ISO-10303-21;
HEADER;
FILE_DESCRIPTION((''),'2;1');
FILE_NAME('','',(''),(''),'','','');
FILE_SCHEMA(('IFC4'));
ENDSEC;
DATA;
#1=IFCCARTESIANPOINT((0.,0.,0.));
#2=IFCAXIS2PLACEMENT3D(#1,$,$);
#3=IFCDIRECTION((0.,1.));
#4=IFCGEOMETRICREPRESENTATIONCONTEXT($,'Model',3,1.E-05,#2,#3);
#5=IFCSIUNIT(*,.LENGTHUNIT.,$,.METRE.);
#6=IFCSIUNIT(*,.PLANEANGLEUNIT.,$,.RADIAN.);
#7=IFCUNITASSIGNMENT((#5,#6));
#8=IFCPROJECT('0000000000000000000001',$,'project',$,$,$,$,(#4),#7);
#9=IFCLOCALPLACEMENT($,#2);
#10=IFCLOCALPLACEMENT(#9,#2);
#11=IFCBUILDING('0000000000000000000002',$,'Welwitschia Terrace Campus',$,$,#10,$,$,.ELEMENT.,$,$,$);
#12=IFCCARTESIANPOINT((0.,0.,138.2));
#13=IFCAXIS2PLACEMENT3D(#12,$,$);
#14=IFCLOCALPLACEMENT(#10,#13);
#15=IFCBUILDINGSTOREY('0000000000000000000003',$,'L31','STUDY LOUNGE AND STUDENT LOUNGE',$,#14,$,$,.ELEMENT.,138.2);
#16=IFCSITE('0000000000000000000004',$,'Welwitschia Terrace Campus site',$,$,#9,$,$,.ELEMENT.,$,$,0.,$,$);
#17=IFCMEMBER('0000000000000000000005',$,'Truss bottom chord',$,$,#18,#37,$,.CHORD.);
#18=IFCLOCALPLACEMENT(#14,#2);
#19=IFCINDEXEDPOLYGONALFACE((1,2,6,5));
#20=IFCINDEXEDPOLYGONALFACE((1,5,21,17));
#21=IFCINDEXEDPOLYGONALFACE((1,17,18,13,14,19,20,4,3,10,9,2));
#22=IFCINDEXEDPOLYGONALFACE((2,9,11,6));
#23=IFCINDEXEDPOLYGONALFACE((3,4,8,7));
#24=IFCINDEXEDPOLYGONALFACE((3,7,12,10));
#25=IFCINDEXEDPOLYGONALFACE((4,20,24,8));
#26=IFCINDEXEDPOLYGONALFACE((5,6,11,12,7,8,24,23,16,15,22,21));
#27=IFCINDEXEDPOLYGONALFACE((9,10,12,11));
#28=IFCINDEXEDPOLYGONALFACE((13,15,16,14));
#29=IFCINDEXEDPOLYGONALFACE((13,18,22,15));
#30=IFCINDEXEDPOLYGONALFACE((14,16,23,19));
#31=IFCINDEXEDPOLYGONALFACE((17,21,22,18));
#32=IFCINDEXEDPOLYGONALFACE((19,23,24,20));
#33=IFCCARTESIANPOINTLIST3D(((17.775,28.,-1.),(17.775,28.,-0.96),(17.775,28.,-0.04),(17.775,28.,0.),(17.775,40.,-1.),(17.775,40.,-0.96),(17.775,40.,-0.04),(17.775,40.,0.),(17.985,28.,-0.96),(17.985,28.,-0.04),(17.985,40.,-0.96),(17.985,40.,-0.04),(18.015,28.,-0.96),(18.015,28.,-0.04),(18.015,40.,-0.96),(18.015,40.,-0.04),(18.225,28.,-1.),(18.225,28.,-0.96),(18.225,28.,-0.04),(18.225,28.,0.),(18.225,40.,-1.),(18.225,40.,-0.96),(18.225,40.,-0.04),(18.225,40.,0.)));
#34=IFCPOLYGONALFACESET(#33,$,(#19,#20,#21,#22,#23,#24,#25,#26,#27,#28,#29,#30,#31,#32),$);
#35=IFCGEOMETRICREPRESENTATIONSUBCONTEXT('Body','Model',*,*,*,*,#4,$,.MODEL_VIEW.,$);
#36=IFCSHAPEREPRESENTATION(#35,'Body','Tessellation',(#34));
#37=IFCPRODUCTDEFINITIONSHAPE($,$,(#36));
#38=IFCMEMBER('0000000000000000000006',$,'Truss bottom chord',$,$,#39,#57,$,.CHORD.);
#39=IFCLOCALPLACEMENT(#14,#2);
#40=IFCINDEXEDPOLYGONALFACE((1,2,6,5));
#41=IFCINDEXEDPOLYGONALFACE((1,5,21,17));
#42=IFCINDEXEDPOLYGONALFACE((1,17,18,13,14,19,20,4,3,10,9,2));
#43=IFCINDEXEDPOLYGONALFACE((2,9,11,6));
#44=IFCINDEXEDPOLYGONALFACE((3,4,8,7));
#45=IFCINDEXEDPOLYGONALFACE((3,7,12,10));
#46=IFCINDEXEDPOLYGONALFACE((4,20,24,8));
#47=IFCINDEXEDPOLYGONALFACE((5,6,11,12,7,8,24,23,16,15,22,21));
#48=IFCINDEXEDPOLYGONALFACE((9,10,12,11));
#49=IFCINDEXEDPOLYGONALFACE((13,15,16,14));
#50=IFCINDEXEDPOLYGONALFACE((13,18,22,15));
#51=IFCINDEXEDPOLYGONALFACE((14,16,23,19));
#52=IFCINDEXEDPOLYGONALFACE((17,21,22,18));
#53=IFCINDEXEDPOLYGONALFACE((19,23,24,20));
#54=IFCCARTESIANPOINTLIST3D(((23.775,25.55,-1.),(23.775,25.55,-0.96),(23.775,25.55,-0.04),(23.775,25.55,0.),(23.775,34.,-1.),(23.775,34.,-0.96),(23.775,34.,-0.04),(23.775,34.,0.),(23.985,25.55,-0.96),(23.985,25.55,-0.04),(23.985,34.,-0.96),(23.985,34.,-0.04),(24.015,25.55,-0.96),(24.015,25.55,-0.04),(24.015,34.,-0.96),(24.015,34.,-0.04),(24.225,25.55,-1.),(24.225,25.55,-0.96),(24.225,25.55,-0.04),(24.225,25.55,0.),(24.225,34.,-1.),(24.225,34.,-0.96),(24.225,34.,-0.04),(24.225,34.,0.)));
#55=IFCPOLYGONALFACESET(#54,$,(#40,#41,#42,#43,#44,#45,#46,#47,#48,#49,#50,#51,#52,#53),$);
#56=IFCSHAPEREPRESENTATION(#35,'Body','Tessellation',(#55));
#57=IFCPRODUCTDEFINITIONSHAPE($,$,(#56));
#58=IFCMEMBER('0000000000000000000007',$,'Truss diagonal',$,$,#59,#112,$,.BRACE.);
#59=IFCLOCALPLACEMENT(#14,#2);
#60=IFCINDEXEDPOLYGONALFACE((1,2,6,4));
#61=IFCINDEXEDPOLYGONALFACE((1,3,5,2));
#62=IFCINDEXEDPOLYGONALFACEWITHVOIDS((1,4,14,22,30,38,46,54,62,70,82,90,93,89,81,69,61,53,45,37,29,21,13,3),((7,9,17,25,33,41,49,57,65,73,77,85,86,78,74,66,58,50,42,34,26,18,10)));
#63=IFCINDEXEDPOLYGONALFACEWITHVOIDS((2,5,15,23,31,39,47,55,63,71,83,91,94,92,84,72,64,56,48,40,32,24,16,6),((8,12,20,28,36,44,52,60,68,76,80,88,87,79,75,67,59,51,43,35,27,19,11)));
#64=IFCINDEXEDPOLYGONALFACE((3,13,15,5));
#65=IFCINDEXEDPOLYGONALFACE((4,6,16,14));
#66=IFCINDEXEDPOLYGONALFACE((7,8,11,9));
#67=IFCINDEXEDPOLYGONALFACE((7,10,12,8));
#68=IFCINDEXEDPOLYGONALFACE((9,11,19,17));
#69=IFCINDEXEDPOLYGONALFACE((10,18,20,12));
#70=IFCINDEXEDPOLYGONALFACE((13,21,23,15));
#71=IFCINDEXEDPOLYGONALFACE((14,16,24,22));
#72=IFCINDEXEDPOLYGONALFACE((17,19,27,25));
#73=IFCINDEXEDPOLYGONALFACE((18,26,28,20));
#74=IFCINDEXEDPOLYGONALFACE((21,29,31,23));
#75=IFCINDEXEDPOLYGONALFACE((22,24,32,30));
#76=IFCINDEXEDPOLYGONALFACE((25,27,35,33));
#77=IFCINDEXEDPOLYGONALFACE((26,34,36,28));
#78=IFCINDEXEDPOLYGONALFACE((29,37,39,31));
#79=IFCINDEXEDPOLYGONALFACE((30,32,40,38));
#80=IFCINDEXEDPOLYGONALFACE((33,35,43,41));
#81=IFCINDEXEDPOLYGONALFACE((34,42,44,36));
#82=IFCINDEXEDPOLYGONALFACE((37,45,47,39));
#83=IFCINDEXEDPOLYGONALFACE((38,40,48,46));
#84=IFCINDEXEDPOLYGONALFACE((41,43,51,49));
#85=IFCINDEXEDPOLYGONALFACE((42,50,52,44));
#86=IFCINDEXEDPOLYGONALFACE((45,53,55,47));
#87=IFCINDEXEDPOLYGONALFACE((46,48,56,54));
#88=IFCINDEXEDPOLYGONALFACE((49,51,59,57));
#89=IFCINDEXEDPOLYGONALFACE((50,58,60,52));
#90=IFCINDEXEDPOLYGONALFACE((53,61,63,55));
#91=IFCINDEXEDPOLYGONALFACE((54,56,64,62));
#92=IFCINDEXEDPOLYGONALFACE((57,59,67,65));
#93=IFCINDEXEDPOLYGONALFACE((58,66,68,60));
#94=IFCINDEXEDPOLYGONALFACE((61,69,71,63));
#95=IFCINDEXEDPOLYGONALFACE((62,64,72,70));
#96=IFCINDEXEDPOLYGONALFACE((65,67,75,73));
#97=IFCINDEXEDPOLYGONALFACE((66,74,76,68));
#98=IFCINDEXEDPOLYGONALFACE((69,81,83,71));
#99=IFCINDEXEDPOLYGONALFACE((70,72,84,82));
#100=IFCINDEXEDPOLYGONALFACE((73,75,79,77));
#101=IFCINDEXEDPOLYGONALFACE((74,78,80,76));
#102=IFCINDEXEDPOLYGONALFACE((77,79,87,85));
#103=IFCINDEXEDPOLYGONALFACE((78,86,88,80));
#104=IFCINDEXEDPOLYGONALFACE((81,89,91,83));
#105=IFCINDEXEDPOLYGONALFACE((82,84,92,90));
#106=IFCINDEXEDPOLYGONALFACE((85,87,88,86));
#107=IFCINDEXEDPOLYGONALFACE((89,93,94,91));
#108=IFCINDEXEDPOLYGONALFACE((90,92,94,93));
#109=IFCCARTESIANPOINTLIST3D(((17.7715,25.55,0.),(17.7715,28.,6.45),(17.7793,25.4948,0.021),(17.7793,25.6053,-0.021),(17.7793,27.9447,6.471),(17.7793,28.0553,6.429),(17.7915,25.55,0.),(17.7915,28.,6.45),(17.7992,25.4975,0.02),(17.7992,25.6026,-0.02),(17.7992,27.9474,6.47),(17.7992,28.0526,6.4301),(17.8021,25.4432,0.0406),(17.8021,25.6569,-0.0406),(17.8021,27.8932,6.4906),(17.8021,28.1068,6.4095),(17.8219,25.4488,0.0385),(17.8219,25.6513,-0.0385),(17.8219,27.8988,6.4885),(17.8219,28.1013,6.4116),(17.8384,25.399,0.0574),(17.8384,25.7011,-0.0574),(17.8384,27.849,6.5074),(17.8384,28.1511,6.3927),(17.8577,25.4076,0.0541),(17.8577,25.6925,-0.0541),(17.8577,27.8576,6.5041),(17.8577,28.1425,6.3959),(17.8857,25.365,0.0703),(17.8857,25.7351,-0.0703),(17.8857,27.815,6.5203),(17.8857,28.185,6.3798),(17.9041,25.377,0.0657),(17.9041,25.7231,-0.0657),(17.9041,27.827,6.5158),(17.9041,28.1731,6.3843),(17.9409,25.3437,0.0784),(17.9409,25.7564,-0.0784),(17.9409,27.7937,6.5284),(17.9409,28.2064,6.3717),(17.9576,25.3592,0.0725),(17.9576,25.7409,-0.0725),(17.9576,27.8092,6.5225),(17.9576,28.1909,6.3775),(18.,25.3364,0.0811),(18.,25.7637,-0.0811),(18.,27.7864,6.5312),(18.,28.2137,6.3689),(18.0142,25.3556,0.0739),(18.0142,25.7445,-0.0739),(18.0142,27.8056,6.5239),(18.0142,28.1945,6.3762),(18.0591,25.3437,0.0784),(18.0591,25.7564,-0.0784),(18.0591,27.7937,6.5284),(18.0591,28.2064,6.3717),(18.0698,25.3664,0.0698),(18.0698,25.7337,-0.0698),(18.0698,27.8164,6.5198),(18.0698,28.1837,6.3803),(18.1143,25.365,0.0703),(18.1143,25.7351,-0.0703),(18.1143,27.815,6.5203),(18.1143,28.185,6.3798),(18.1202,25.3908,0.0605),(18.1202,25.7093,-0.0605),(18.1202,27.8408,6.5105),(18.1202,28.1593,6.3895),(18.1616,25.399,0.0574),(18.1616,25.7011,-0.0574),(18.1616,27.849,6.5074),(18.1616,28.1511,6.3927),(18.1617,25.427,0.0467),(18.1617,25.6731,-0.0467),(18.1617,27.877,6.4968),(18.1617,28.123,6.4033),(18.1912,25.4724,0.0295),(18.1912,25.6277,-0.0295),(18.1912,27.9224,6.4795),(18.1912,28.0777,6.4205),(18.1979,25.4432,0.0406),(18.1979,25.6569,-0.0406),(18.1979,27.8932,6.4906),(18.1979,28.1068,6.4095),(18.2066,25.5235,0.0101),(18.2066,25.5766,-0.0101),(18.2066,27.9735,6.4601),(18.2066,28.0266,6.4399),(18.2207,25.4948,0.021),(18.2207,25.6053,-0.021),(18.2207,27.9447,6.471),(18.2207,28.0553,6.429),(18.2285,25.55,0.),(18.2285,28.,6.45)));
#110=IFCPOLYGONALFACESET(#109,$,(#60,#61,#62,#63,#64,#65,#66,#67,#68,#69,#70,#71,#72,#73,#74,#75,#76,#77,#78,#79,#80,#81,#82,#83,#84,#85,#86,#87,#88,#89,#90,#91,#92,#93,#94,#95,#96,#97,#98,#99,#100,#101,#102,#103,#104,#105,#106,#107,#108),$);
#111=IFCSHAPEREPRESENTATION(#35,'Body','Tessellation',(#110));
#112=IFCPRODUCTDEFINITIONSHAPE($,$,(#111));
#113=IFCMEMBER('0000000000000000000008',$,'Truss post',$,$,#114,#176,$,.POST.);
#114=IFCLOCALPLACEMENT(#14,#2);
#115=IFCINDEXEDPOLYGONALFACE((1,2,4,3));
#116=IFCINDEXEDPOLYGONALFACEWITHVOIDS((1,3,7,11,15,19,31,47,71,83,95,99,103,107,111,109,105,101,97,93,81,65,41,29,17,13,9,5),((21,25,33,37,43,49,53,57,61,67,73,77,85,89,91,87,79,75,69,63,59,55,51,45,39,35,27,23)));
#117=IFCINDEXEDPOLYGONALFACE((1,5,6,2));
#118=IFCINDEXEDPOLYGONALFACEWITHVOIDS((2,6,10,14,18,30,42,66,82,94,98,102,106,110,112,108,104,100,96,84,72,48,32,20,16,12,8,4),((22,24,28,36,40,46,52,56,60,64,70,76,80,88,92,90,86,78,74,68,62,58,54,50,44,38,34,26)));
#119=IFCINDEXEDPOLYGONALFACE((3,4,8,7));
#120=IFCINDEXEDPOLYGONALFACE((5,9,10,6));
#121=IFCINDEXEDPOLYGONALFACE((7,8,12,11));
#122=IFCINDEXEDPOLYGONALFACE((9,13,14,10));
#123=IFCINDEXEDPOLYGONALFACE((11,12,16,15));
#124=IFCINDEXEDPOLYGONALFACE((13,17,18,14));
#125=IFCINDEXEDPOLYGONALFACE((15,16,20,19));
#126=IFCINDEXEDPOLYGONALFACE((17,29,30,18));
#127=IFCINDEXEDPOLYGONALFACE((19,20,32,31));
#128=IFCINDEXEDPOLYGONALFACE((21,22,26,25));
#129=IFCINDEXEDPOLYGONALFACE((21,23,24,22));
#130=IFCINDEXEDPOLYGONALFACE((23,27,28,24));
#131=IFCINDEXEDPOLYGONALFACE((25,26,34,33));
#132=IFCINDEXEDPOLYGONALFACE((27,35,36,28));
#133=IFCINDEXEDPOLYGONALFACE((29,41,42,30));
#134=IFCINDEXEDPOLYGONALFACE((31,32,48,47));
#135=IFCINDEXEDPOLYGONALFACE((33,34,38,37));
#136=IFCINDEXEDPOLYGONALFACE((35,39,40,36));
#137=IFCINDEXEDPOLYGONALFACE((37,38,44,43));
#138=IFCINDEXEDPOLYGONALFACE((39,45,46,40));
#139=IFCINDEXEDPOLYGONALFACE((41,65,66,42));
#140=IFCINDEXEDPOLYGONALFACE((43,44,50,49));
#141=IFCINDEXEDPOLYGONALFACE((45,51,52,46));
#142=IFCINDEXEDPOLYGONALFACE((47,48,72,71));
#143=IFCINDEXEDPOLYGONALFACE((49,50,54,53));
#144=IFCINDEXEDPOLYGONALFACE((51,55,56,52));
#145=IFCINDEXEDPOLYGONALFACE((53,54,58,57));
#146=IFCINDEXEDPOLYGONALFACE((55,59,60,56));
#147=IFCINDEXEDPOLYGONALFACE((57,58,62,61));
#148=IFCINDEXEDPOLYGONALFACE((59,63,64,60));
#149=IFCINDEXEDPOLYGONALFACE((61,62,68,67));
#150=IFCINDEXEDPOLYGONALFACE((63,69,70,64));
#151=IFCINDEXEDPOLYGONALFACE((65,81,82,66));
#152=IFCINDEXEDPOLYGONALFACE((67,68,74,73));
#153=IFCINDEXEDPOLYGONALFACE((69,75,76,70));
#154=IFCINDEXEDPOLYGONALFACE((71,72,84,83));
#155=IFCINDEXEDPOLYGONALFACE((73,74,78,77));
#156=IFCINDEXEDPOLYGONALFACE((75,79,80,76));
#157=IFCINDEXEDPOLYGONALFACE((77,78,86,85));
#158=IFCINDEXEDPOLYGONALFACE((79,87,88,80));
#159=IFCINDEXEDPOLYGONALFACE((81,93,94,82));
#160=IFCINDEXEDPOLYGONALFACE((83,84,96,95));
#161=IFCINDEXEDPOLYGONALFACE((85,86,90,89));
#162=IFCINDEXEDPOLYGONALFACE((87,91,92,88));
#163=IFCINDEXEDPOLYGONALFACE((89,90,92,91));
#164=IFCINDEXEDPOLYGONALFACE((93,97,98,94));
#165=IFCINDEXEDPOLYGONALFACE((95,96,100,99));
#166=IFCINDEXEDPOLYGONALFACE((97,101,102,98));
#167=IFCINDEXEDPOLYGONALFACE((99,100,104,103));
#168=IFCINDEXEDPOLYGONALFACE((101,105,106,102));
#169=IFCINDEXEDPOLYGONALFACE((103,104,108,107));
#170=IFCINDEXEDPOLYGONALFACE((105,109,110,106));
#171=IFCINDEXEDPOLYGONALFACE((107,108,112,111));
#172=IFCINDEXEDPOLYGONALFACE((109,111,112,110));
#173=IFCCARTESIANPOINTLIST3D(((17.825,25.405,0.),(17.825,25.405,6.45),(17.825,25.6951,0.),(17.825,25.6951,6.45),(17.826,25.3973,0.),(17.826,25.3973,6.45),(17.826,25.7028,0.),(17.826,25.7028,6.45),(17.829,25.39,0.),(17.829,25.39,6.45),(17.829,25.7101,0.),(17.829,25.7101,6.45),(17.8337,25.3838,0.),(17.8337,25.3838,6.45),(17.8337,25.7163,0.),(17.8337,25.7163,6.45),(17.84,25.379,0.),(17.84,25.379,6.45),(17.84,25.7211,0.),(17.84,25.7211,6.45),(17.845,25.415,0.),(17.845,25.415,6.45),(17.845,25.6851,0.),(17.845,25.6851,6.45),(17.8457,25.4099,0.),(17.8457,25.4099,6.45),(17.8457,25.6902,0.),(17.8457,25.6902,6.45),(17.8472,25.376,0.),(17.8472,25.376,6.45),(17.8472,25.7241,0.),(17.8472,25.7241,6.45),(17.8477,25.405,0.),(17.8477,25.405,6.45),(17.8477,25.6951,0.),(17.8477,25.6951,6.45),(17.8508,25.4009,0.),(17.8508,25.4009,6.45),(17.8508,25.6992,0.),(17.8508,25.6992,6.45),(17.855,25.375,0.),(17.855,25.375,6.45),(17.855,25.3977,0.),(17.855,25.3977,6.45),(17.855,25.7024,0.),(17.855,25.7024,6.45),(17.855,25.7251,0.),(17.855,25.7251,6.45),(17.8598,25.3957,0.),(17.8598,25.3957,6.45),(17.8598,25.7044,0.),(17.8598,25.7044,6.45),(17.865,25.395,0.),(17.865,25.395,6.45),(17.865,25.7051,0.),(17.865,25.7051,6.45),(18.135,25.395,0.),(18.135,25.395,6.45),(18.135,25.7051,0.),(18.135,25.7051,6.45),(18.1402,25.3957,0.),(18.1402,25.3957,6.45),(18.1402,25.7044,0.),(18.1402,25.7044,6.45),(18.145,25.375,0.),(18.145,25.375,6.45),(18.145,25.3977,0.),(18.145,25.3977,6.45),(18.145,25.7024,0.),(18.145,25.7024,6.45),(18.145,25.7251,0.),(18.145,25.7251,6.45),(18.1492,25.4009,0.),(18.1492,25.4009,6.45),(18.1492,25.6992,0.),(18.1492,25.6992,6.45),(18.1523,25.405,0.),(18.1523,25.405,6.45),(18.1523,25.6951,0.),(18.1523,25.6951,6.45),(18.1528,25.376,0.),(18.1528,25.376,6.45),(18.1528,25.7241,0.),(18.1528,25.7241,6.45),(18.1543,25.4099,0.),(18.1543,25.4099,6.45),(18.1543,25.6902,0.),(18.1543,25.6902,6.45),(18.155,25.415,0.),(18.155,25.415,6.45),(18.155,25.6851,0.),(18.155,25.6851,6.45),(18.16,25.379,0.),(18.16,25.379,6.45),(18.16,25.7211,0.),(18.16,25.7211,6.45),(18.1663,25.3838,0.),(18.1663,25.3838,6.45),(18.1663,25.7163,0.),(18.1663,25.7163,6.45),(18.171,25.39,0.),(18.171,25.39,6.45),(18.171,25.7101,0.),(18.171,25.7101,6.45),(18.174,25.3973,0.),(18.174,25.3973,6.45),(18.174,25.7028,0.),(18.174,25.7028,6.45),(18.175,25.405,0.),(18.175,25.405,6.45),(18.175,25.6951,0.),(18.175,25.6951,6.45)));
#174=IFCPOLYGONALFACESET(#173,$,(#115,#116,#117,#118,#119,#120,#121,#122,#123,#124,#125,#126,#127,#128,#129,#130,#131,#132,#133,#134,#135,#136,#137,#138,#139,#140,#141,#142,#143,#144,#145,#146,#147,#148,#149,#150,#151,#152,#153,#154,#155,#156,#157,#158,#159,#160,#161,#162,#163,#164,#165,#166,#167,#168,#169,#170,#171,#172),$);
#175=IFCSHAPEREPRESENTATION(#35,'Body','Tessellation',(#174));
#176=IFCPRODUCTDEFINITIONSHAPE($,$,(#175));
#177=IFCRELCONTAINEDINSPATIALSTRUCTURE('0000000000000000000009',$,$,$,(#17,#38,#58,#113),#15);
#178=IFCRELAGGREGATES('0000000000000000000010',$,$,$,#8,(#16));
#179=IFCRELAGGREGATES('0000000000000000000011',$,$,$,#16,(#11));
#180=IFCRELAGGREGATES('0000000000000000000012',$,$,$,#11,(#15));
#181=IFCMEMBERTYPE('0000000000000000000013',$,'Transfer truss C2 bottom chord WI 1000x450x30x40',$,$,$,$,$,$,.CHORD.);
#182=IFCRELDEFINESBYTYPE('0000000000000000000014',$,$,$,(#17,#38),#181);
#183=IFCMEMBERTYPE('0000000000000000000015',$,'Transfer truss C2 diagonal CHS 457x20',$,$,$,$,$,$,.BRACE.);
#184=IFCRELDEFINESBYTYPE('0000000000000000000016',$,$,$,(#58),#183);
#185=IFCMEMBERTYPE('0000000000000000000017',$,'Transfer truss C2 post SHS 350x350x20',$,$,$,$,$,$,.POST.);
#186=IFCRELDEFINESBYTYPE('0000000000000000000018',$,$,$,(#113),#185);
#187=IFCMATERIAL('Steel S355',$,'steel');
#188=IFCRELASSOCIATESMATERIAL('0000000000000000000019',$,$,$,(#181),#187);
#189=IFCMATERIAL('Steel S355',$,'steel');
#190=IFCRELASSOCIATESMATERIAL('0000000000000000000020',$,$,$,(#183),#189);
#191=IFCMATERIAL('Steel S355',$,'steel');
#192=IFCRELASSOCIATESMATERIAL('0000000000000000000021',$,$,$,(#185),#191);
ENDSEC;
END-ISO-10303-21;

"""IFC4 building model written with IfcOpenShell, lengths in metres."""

from ifc_helpers import new_model, si_unit, direction, frame, origin, origin_2d, place, context, subcontext, project, spatial, hollow_rectangle, hollow_circle, i_section, extrude, material, material_profile, profile_set, type_object, element, save


model = new_model("IFC4")

# Units and contexts
model_context = context("Model", 3, precision=1e-05, world=origin(), true_north=direction((0.0, 1.0)))
body_context = subcontext(model_context, "Body", "Model", "MODEL_VIEW")
ifc_project = project(units=[si_unit("LENGTHUNIT", "METRE"), si_unit("PLANEANGLEUNIT", "RADIAN")], contexts=[model_context])

# Site, building, storey
site_placement = place(None, origin())
site = spatial("IfcSite", under=ifc_project, at=site_placement, Name="Welwitschia Terrace Campus site", CompositionType="ELEMENT", RefElevation=0.0)
building_placement = place(site_placement, origin())
building = spatial("IfcBuilding", under=site, at=building_placement, Name="Welwitschia Terrace Campus", CompositionType="ELEMENT")
storey_placement = place(building_placement, frame((0.0, 0.0, 138.2)))
storey = spatial("IfcBuildingStorey", under=building, at=storey_placement, Name="L31", Description="STUDY LOUNGE AND STUDENT LOUNGE", CompositionType="ELEMENT", Elevation=138.2)

# Members
ifc_material_1 = material(Name="Steel S355", Category="steel")
ifc_material_profile_1 = material_profile(ifc_material_1, i_section(OverallWidth=0.45, OverallDepth=1.0, WebThickness=0.03, FlangeThickness=0.04, at=origin_2d()))
ifc_profile_set_1 = profile_set([ifc_material_profile_1], Name="Steel S355")
member_type_1 = type_object("IfcMemberType", Name="Transfer truss C2 bottom chord WI 1000x450x30x40", PredefinedType="CHORD", material=ifc_profile_set_1)
member_1_placement = place(storey_placement, frame((18.0, 28.0, -0.5), z_axis=(0.0, 1.0, 0.0), x_axis=(-1.0, 0.0, 0.0)))
element("IfcMember", 1, at=member_1_placement, inside=storey, type_object=member_type_1, Name="Truss bottom chord", PredefinedType="CHORD", context=body_context, shape_type="SweptSolid", body=[
    extrude(i_section(OverallWidth=0.45, OverallDepth=1.0, WebThickness=0.03, FlangeThickness=0.04, at=origin_2d()), origin(), (0.0, 0.0, 1.0), 12.0),
])
member_2_placement = place(storey_placement, frame((24.0, 25.55, -0.5), z_axis=(0.0, 1.0, 0.0), x_axis=(-1.0, 0.0, 0.0)))
element("IfcMember", 2, at=member_2_placement, inside=storey, type_object=member_type_1, Name="Truss bottom chord", PredefinedType="CHORD", context=body_context, shape_type="SweptSolid", body=[
    extrude(i_section(OverallWidth=0.45, OverallDepth=1.0, WebThickness=0.03, FlangeThickness=0.04, at=origin_2d()), origin(), (0.0, 0.0, 1.0), 8.45),
])
ifc_material_2 = material(Name="Steel S355", Category="steel")
ifc_material_profile_2 = material_profile(ifc_material_2, hollow_circle(Radius=0.2285, WallThickness=0.02, at=origin_2d()))
ifc_profile_set_2 = profile_set([ifc_material_profile_2], Name="Steel S355")
member_type_2 = type_object("IfcMemberType", Name="Transfer truss C2 diagonal CHS 457x20", PredefinedType="BRACE", material=ifc_profile_set_2)
member_3_placement = place(storey_placement, frame((18.0, 25.55, 0.0), z_axis=(0.0, 0.355087, 0.934833), x_axis=(-1.0, 0.0, 0.0)))
element("IfcMember", 3, at=member_3_placement, inside=storey, type_object=member_type_2, Name="Truss diagonal", PredefinedType="BRACE", context=body_context, shape_type="SweptSolid", body=[
    extrude(hollow_circle(Radius=0.2285, WallThickness=0.02, at=origin_2d()), origin(), (0.0, 0.0, 1.0), 6.8997),
])
ifc_material_3 = material(Name="Steel S355", Category="steel")
ifc_material_profile_3 = material_profile(ifc_material_3, hollow_rectangle(XDim=0.3501, YDim=0.3501, WallThickness=0.02, InnerFilletRadius=0.02, OuterFilletRadius=0.03, at=origin_2d()))
ifc_profile_set_3 = profile_set([ifc_material_profile_3], Name="Steel S355")
member_type_3 = type_object("IfcMemberType", Name="Transfer truss C2 post SHS 350x350x20", PredefinedType="POST", material=ifc_profile_set_3)
for number, where, z_axis, x_axis, name in (
    (4, (18.0, 25.55, 0.0), (0.0, 0.0, 1.0), (1.0, 0.0, 0.0), "Truss post"),
):
    element("IfcMember", number, at=place(storey_placement, frame(where, z_axis=z_axis, x_axis=x_axis)), inside=storey, type_object=member_type_3, Name=name, PredefinedType="POST", context=body_context, shape_type="SweptSolid", body=[
        extrude(hollow_rectangle(XDim=0.3501, YDim=0.3501, WallThickness=0.02, InnerFilletRadius=0.02, OuterFilletRadius=0.03, at=origin_2d()), origin(), (0.0, 0.0, 1.0), 6.45),
    ])

save(model, "model.ifc")
